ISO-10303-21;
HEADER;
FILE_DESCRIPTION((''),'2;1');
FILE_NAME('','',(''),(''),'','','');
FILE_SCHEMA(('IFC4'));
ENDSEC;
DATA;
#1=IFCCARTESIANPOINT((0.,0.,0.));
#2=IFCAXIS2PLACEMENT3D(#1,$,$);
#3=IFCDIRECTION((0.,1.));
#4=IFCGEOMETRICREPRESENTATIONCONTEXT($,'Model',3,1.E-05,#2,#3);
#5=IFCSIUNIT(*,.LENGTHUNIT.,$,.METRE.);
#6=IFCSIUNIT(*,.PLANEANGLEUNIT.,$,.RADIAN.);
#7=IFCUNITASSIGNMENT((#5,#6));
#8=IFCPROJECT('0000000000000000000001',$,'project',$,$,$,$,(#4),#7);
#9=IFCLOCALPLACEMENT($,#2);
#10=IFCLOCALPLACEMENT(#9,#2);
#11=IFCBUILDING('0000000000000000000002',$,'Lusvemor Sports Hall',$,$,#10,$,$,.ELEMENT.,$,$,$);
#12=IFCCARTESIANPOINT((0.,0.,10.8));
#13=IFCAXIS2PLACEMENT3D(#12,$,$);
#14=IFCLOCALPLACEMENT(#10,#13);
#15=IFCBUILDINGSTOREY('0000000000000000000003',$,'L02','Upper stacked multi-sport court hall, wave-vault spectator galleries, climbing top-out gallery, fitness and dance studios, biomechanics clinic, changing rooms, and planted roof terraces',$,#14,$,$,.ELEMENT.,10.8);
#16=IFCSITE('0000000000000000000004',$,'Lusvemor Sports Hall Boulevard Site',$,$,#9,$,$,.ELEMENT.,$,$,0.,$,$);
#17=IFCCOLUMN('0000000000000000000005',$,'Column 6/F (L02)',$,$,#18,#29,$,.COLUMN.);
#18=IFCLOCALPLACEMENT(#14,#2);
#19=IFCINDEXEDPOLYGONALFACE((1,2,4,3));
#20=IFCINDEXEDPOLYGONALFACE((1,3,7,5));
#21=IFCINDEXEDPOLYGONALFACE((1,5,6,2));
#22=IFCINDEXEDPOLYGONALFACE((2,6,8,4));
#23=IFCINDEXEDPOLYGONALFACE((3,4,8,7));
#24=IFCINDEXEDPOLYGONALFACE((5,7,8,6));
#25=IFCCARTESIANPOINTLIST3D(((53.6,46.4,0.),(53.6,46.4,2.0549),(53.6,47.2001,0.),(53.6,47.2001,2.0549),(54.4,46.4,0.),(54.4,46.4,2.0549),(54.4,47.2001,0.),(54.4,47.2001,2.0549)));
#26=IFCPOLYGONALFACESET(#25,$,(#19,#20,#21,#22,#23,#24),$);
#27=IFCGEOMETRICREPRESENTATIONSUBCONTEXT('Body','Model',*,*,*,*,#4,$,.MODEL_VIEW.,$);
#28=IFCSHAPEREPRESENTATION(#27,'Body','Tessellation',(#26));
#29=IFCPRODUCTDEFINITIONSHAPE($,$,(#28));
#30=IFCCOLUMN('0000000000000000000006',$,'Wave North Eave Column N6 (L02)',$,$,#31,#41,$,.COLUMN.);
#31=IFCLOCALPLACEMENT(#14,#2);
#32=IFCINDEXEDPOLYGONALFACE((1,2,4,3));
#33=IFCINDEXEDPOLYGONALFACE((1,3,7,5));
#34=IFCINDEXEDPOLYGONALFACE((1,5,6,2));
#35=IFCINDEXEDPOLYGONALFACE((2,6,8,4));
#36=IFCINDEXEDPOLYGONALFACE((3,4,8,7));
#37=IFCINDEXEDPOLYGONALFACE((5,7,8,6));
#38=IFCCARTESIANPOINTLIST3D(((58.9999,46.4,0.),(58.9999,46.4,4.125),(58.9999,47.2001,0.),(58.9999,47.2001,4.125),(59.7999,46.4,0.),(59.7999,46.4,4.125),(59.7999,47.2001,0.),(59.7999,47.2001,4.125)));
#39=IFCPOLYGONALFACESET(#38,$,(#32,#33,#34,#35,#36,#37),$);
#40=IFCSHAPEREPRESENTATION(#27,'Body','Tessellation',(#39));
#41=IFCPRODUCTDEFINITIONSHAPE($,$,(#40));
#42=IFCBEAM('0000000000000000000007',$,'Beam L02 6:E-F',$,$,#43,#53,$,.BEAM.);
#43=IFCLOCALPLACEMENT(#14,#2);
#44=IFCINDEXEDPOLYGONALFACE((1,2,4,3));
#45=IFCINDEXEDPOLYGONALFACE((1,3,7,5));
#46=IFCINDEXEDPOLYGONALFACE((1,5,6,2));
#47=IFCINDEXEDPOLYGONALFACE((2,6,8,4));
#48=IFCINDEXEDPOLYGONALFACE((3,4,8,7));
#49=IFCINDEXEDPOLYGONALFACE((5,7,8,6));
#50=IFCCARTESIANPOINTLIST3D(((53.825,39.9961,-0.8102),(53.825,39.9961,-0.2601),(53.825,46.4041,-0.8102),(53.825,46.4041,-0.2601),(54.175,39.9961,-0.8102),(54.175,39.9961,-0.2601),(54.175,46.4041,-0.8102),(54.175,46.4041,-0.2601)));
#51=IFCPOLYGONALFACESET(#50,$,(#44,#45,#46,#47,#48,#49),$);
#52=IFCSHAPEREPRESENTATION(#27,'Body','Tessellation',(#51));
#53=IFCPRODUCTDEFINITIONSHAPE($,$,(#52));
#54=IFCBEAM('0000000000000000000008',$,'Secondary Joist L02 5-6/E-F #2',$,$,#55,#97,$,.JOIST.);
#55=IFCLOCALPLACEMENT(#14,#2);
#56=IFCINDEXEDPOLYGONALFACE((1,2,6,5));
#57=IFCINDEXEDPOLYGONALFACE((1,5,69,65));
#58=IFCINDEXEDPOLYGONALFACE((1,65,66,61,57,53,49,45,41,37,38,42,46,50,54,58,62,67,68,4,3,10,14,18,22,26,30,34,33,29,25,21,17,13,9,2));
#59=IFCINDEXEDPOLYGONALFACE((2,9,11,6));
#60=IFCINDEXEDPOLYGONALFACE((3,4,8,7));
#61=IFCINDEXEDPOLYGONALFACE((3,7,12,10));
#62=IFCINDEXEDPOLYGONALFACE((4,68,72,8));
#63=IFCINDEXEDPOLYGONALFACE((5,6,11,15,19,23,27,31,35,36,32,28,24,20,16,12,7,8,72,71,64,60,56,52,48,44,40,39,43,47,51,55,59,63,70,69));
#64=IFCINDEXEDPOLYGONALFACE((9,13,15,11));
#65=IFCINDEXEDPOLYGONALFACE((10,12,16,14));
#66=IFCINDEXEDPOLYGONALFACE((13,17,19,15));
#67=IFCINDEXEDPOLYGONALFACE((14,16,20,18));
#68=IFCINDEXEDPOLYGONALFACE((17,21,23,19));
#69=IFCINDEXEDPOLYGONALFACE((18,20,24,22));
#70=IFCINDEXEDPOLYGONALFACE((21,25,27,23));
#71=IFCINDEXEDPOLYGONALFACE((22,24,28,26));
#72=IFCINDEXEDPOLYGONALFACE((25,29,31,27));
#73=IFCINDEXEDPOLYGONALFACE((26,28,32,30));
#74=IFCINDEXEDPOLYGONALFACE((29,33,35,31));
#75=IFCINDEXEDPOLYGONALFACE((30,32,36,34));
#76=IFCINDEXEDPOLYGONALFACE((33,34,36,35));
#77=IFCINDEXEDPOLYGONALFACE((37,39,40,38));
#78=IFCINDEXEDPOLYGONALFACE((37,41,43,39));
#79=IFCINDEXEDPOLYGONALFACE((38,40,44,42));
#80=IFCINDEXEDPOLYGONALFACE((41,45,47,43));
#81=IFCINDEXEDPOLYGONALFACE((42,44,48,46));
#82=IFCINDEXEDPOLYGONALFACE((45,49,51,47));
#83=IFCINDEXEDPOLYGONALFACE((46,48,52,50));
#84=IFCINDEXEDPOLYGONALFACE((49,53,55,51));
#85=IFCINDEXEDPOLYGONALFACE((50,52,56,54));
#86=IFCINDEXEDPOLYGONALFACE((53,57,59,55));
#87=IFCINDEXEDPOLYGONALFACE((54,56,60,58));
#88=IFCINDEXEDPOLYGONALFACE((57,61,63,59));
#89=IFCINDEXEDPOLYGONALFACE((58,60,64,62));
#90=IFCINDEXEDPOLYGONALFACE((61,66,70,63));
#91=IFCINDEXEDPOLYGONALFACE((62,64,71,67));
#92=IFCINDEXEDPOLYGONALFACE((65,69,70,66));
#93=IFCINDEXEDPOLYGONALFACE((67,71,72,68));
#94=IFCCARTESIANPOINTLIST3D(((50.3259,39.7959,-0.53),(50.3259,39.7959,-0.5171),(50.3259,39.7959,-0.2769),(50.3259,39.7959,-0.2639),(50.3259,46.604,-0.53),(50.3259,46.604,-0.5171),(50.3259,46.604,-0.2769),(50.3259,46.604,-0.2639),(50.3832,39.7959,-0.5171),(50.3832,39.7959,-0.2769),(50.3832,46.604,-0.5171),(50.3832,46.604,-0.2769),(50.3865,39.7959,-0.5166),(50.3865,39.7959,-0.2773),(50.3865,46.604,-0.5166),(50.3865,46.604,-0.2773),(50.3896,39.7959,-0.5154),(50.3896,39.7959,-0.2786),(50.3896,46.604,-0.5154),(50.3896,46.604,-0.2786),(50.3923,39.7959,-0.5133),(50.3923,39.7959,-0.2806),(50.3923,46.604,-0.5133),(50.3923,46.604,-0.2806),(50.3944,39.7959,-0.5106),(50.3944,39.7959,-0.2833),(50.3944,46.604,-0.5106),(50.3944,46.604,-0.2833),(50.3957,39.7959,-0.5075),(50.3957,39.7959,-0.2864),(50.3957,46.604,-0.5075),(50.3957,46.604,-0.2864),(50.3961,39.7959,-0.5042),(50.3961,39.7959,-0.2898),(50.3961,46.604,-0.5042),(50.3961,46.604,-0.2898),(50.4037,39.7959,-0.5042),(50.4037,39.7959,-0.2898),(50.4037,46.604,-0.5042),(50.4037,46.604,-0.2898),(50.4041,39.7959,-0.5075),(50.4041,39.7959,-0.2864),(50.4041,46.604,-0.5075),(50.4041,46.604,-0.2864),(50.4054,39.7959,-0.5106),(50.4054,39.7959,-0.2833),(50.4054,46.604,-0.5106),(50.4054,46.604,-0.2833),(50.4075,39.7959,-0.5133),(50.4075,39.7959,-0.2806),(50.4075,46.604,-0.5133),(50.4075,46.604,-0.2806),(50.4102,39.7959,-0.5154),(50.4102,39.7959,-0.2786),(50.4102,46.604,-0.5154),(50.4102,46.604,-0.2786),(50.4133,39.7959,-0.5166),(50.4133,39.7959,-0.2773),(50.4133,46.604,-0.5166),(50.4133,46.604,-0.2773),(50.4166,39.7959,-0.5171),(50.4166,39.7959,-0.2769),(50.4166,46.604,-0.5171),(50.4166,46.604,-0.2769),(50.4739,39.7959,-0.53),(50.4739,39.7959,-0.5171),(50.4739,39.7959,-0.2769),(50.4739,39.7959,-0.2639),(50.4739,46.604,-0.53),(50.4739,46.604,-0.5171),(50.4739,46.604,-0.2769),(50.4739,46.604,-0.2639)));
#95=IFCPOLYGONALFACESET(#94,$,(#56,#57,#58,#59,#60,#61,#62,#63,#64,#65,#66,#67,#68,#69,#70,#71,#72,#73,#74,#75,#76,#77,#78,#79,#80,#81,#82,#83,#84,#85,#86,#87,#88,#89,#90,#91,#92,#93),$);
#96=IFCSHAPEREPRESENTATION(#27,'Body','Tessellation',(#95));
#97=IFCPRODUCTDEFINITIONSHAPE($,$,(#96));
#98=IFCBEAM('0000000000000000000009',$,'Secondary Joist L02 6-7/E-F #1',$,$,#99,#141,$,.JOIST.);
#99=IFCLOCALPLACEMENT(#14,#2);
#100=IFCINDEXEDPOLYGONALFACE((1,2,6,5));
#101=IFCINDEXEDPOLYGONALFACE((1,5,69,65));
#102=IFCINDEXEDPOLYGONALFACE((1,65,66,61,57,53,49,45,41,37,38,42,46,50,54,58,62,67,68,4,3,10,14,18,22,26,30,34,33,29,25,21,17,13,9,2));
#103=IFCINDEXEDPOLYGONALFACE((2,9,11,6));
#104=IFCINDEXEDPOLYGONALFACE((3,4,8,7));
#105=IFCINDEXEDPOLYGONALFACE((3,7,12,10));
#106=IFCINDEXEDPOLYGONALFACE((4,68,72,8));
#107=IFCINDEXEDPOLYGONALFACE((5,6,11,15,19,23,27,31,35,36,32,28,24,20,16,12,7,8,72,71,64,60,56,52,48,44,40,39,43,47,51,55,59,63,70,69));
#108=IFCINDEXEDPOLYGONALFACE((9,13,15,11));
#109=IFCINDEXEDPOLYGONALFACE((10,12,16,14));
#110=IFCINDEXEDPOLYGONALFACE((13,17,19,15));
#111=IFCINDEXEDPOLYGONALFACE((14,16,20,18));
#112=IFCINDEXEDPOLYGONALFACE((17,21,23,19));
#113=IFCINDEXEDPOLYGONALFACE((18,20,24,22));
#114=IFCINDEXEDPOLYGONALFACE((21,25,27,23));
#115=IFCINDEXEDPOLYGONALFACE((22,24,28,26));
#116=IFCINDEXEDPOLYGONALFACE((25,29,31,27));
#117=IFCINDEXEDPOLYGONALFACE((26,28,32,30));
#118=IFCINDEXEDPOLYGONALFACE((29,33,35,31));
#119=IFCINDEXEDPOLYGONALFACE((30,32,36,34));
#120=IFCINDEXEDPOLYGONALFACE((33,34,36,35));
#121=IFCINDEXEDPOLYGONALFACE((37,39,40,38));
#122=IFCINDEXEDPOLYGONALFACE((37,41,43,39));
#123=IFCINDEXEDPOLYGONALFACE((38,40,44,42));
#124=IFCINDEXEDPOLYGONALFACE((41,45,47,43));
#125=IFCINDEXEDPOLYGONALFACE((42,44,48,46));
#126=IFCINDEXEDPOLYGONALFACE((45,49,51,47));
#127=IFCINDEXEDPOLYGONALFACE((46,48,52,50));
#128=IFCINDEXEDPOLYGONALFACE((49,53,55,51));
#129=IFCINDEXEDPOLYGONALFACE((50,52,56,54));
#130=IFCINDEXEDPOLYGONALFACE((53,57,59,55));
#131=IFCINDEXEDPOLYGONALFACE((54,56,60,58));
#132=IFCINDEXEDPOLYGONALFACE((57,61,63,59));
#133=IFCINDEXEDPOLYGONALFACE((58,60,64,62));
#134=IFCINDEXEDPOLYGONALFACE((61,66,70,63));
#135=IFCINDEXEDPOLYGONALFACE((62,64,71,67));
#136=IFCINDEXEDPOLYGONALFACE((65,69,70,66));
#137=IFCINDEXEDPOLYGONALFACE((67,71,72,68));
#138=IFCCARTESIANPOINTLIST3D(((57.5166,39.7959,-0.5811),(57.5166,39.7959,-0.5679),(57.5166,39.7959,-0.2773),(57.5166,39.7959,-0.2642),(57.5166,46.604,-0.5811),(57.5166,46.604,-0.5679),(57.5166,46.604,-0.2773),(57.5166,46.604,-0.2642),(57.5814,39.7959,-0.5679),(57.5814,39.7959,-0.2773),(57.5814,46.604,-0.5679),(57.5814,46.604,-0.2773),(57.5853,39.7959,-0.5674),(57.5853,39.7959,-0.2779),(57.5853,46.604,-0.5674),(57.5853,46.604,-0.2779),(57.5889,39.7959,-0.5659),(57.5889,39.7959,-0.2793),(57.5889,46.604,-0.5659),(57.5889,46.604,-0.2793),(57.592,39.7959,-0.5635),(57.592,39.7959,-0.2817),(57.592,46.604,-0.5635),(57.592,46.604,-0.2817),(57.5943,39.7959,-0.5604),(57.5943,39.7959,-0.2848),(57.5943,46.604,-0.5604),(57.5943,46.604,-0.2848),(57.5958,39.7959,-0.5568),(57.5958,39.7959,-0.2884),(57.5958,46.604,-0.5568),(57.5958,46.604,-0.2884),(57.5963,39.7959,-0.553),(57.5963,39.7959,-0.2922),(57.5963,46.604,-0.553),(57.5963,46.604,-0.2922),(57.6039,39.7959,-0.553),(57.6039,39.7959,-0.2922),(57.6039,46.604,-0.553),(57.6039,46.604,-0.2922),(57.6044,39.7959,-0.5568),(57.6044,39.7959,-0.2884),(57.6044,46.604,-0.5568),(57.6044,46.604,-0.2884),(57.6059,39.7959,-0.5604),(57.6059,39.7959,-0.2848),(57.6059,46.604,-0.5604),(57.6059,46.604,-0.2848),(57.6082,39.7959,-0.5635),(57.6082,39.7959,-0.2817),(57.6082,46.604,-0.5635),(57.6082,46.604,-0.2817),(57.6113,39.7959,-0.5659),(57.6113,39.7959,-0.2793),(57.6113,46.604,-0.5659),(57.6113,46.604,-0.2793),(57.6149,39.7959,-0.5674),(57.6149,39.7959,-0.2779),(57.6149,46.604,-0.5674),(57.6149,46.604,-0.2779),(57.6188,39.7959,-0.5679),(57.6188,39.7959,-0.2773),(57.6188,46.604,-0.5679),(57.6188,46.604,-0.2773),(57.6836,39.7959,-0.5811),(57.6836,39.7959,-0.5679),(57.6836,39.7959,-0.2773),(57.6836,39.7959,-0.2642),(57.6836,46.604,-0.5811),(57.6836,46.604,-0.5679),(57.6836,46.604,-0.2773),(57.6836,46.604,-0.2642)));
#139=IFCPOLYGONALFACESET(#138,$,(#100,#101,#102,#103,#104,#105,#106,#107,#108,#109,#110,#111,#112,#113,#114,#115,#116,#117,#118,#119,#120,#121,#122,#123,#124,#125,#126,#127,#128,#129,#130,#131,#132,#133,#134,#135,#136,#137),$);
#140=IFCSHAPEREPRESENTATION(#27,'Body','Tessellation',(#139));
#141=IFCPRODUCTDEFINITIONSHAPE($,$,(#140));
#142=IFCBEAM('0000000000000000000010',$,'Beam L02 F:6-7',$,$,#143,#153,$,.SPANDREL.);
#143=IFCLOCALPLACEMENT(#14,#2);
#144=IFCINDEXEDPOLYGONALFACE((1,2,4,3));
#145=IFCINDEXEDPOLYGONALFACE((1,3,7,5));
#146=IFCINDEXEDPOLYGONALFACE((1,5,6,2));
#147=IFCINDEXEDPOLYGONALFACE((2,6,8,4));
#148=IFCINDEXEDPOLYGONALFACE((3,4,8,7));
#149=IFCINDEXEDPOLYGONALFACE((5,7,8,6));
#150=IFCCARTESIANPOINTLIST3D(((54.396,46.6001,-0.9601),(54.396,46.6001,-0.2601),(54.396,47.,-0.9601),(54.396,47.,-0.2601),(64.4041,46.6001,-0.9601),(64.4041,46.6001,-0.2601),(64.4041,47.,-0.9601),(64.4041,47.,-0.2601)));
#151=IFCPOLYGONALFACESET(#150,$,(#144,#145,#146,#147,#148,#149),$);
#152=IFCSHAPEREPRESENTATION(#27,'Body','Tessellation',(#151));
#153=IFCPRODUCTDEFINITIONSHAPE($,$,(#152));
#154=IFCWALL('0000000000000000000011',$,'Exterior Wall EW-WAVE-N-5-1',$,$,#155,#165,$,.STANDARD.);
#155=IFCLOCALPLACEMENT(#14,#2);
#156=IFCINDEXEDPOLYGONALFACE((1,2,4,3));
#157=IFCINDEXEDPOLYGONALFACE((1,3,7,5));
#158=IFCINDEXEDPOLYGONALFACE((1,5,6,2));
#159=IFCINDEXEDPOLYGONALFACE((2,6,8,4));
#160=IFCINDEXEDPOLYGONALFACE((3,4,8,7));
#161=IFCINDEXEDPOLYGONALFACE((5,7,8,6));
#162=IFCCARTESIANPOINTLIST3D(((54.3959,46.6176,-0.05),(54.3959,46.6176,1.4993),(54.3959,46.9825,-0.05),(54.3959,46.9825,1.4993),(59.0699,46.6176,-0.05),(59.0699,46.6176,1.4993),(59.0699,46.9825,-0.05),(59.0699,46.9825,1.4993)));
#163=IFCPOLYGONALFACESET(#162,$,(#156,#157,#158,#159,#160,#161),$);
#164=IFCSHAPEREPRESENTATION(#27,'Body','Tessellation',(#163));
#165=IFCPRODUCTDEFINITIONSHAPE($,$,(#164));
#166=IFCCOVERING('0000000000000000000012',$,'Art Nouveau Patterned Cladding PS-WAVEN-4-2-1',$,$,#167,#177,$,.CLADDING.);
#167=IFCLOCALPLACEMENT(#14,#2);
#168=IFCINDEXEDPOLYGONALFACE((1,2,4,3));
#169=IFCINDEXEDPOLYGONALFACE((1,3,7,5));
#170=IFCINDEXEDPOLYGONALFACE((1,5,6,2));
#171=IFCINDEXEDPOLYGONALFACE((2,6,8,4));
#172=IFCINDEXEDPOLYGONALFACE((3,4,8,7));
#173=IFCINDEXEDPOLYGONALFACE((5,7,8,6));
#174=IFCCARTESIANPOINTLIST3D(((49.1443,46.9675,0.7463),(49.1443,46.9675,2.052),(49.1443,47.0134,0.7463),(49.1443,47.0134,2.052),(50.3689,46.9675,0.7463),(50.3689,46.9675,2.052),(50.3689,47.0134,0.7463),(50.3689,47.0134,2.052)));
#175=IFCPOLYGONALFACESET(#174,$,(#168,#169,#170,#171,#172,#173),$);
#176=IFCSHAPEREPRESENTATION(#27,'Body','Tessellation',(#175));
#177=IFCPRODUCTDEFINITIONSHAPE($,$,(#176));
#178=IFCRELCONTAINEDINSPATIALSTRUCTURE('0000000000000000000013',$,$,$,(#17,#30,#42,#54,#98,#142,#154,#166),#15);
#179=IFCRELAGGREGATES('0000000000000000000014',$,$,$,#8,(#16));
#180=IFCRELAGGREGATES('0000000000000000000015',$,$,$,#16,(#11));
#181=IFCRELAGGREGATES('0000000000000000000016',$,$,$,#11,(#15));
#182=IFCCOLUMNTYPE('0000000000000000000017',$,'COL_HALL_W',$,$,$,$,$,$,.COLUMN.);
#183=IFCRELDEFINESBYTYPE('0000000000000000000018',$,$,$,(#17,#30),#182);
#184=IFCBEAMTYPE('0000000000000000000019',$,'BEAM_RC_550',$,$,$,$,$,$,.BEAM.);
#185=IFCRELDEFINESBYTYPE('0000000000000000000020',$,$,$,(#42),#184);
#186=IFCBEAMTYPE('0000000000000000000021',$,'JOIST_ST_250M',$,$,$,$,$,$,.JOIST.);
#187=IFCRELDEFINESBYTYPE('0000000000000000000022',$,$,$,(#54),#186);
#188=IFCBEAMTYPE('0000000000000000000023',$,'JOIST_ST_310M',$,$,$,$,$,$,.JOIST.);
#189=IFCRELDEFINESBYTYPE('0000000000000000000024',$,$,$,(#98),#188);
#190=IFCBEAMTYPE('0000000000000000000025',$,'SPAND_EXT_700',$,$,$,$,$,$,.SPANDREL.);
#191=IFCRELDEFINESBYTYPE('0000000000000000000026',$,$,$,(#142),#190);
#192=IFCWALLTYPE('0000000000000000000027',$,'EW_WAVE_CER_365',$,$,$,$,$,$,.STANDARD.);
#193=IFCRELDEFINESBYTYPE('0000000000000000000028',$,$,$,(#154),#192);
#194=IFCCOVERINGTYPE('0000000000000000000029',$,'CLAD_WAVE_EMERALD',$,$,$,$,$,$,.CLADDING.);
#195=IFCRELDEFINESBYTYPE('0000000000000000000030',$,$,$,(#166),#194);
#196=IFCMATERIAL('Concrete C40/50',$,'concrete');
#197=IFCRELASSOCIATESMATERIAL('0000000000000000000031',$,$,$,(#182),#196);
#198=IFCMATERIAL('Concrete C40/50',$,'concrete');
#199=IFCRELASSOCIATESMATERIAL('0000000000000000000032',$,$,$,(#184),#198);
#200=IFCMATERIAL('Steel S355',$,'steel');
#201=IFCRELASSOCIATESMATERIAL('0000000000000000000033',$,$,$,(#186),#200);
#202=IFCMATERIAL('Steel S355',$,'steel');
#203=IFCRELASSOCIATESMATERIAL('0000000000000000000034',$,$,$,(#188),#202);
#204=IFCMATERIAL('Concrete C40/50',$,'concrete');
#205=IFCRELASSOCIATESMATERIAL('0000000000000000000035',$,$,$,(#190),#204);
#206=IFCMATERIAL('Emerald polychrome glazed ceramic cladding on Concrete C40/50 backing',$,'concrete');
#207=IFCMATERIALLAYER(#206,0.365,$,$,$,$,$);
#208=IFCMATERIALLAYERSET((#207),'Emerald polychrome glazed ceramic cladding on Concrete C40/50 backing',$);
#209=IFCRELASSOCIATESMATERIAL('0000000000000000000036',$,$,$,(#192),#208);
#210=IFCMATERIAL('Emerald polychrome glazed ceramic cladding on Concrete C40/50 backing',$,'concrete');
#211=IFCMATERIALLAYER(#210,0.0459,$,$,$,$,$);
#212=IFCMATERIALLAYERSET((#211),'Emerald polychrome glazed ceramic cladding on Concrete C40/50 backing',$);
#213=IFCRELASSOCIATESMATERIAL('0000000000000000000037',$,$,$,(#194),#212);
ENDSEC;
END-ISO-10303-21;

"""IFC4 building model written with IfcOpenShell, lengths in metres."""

from ifc_helpers import new_model, si_unit, direction, frame, frame_2d, origin, origin_2d, place, context, subcontext, project, spatial, rectangle, i_section, extrude, material, layer, layer_set, material_profile, profile_set, type_object, element, save


model = new_model("IFC4")

# Units and contexts
model_context = context("Model", 3, precision=1e-05, world=origin(), true_north=direction((0.0, 1.0)))
body_context = subcontext(model_context, "Body", "Model", "MODEL_VIEW")
ifc_project = project(units=[si_unit("LENGTHUNIT", "METRE"), si_unit("PLANEANGLEUNIT", "RADIAN")], contexts=[model_context])

# Site, building, storey
site_placement = place(None, origin())
site = spatial("IfcSite", under=ifc_project, at=site_placement, Name="Lusvemor Sports Hall Boulevard Site", CompositionType="ELEMENT", RefElevation=0.0)
building_placement = place(site_placement, origin())
building = spatial("IfcBuilding", under=site, at=building_placement, Name="Lusvemor Sports Hall", CompositionType="ELEMENT")
storey_placement = place(building_placement, frame((0.0, 0.0, 10.8)))
storey = spatial("IfcBuildingStorey", under=building, at=storey_placement, Name="L02", Description="Upper stacked multi-sport court hall, wave-vault spectator galleries, climbing top-out gallery, fitness and dance studios, biomechanics clinic, changing rooms, and planted roof terraces", CompositionType="ELEMENT", Elevation=10.8)

# Columns
ifc_material_1 = material(Name="Concrete C40/50", Category="concrete")
ifc_material_profile_1 = material_profile(ifc_material_1, rectangle(XDim=0.8, YDim=0.8, at=origin_2d()), Name="RC800x800")
ifc_profile_set_1 = profile_set([ifc_material_profile_1], Name="Concrete C40/50")
column_type = type_object("IfcColumnType", Name="COL_HALL_W", PredefinedType="COLUMN", material=ifc_profile_set_1)
column_1_placement = place(storey_placement, frame((54.0, 46.8, 0.0), z_axis=(0.0, 0.0, 1.0), x_axis=(1.0, 0.0, 0.0)))
element("IfcColumn", 1, at=column_1_placement, inside=storey, type_object=column_type, Name="Column 6/F (L02)", PredefinedType="COLUMN", context=body_context, shape_type="SweptSolid", body=[
    extrude(rectangle(XDim=0.8, YDim=0.8, at=origin_2d()), origin(), (0.0, 0.0, 1.0), 2.0549),
])
column_2_placement = place(storey_placement, frame((59.3999, 46.8, 0.0), z_axis=(0.0, 0.0, 1.0), x_axis=(1.0, 0.0, 0.0)))
element("IfcColumn", 2, at=column_2_placement, inside=storey, type_object=column_type, Name="Wave North Eave Column N6 (L02)", PredefinedType="COLUMN", context=body_context, shape_type="SweptSolid", body=[
    extrude(rectangle(XDim=0.8, YDim=0.8, at=origin_2d()), origin(), (0.0, 0.0, 1.0), 4.125),
])

# Beams
ifc_material_2 = material(Name="Concrete C40/50", Category="concrete")
ifc_material_profile_2 = material_profile(ifc_material_2, rectangle(XDim=0.3501, YDim=0.55, at=origin_2d()), Name="RC350x550")
ifc_profile_set_2 = profile_set([ifc_material_profile_2], Name="Concrete C40/50")
beam_type_1 = type_object("IfcBeamType", Name="BEAM_RC_550", PredefinedType="BEAM", material=ifc_profile_set_2)
beam_1_placement = place(storey_placement, frame((54.0, 39.9961, -0.5352), z_axis=(0.0, 1.0, 0.0), x_axis=(-1.0, 0.0, 0.0)))
element("IfcBeam", 3, at=beam_1_placement, inside=storey, type_object=beam_type_1, Name="Beam L02 6:E-F", PredefinedType="BEAM", context=body_context, shape_type="SweptSolid", body=[
    extrude(rectangle(XDim=0.3501, YDim=0.55, at=origin_2d()), origin(), (0.0, 0.0, 1.0), 6.408),
])
ifc_material_3 = material(Name="Steel S355", Category="steel")
ifc_material_profile_3 = material_profile(ifc_material_3, i_section(OverallWidth=0.1479, OverallDepth=0.2661, WebThickness=0.0076, FlangeThickness=0.0129, FilletRadius=0.0129, at=origin_2d()), Name="W250x44.8")
ifc_profile_set_3 = profile_set([ifc_material_profile_3], Name="Steel S355")
beam_type_2 = type_object("IfcBeamType", Name="JOIST_ST_250M", PredefinedType="JOIST", material=ifc_profile_set_3)
beam_2_placement = place(storey_placement, frame((50.3999, 39.7959, -0.397), z_axis=(0.0, 1.0, 0.0), x_axis=(-1.0, 0.0, 0.0)))
element("IfcBeam", 4, at=beam_2_placement, inside=storey, type_object=beam_type_2, Name="Secondary Joist L02 5-6/E-F #2", PredefinedType="JOIST", context=body_context, shape_type="SweptSolid", body=[
    extrude(i_section(OverallWidth=0.1479, OverallDepth=0.2661, WebThickness=0.0076, FlangeThickness=0.0129, FilletRadius=0.0129, at=origin_2d()), origin(), (0.0, 0.0, 1.0), 6.8081),
])
ifc_material_4 = material(Name="Steel S355", Category="steel")
ifc_material_profile_4 = material_profile(ifc_material_4, i_section(OverallWidth=0.167, OverallDepth=0.3169, WebThickness=0.0076, FlangeThickness=0.0132, FilletRadius=0.0149, at=origin_2d()), Name="W310x52.0")
ifc_profile_set_4 = profile_set([ifc_material_profile_4], Name="Steel S355")
beam_type_3 = type_object("IfcBeamType", Name="JOIST_ST_310M", PredefinedType="JOIST", material=ifc_profile_set_4)
beam_3_placement = place(storey_placement, frame((57.6001, 39.7959, -0.4226), z_axis=(0.0, 1.0, 0.0), x_axis=(-1.0, 0.0, 0.0)))
element("IfcBeam", 5, at=beam_3_placement, inside=storey, type_object=beam_type_3, Name="Secondary Joist L02 6-7/E-F #1", PredefinedType="JOIST", context=body_context, shape_type="SweptSolid", body=[
    extrude(i_section(OverallWidth=0.167, OverallDepth=0.3169, WebThickness=0.0076, FlangeThickness=0.0132, FilletRadius=0.0149, at=origin_2d()), origin(), (0.0, 0.0, 1.0), 6.8081),
])
ifc_material_5 = material(Name="Concrete C40/50", Category="concrete")
ifc_material_profile_5 = material_profile(ifc_material_5, rectangle(XDim=0.3999, YDim=0.7, at=origin_2d()), Name="RC400x700")
ifc_profile_set_5 = profile_set([ifc_material_profile_5], Name="Concrete C40/50")
beam_type_4 = type_object("IfcBeamType", Name="SPAND_EXT_700", PredefinedType="SPANDREL", material=ifc_profile_set_5)
beam_4_placement = place(storey_placement, frame((54.396, 46.8, -0.6101), z_axis=(1.0, 0.0, 0.0), x_axis=(0.0, 1.0, 0.0)))
element("IfcBeam", 6, at=beam_4_placement, inside=storey, type_object=beam_type_4, Name="Beam L02 F:6-7", PredefinedType="SPANDREL", context=body_context, shape_type="SweptSolid", body=[
    extrude(rectangle(XDim=0.3999, YDim=0.7, at=origin_2d()), origin(), (0.0, 0.0, 1.0), 10.0081),
])

# Wall
ifc_material_6 = material(Name="Emerald polychrome glazed ceramic cladding on Concrete C40/50 backing", Category="concrete")
ifc_layer_1 = layer(ifc_material_6, 0.365)
ifc_layer_set_1 = layer_set([ifc_layer_1], Name="Emerald polychrome glazed ceramic cladding on Concrete C40/50 backing")
wall_type = type_object("IfcWallType", Name="EW_WAVE_CER_365", PredefinedType="STANDARD", material=ifc_layer_set_1)
wall_placement = place(storey_placement, frame((54.396, 46.8, -0.05), z_axis=(0.0, 0.0, 1.0), x_axis=(1.0, 0.0, 0.0)))
element("IfcWall", 7, at=wall_placement, inside=storey, type_object=wall_type, Name="Exterior Wall EW-WAVE-N-5-1", PredefinedType="STANDARD", context=body_context, shape_type="SweptSolid", body=[
    extrude(rectangle(XDim=4.6741, YDim=0.365, at=frame_2d((2.3369, 0.0))), origin(), (0.0, 0.0, 1.0), 1.5493),
])

# Covering
ifc_material_7 = material(Name="Emerald polychrome glazed ceramic cladding on Concrete C40/50 backing", Category="concrete")
ifc_layer_2 = layer(ifc_material_7, 0.0459)
ifc_layer_set_2 = layer_set([ifc_layer_2], Name="Emerald polychrome glazed ceramic cladding on Concrete C40/50 backing")
covering_type_1 = type_object("IfcCoveringType", Name="CLAD_WAVE_EMERALD", PredefinedType="CLADDING", material=ifc_layer_set_2)
for number, where, z_axis, x_axis, name in (
    (8, (49.7566, 46.9905, 0.7463), (0.0, 0.0, 1.0), (1.0, 0.0, 0.0), "Art Nouveau Patterned Cladding PS-WAVEN-4-2-1"),
):
    element("IfcCovering", number, at=place(storey_placement, frame(where, z_axis=z_axis, x_axis=x_axis)), inside=storey, type_object=covering_type_1, Name=name, PredefinedType="CLADDING", context=body_context, shape_type="SweptSolid", body=[
        extrude(rectangle(XDim=1.2246, YDim=0.0459, at=origin_2d()), origin(), (0.0, 0.0, 1.0), 1.3057),
    ])

save(model, "model.ifc")
